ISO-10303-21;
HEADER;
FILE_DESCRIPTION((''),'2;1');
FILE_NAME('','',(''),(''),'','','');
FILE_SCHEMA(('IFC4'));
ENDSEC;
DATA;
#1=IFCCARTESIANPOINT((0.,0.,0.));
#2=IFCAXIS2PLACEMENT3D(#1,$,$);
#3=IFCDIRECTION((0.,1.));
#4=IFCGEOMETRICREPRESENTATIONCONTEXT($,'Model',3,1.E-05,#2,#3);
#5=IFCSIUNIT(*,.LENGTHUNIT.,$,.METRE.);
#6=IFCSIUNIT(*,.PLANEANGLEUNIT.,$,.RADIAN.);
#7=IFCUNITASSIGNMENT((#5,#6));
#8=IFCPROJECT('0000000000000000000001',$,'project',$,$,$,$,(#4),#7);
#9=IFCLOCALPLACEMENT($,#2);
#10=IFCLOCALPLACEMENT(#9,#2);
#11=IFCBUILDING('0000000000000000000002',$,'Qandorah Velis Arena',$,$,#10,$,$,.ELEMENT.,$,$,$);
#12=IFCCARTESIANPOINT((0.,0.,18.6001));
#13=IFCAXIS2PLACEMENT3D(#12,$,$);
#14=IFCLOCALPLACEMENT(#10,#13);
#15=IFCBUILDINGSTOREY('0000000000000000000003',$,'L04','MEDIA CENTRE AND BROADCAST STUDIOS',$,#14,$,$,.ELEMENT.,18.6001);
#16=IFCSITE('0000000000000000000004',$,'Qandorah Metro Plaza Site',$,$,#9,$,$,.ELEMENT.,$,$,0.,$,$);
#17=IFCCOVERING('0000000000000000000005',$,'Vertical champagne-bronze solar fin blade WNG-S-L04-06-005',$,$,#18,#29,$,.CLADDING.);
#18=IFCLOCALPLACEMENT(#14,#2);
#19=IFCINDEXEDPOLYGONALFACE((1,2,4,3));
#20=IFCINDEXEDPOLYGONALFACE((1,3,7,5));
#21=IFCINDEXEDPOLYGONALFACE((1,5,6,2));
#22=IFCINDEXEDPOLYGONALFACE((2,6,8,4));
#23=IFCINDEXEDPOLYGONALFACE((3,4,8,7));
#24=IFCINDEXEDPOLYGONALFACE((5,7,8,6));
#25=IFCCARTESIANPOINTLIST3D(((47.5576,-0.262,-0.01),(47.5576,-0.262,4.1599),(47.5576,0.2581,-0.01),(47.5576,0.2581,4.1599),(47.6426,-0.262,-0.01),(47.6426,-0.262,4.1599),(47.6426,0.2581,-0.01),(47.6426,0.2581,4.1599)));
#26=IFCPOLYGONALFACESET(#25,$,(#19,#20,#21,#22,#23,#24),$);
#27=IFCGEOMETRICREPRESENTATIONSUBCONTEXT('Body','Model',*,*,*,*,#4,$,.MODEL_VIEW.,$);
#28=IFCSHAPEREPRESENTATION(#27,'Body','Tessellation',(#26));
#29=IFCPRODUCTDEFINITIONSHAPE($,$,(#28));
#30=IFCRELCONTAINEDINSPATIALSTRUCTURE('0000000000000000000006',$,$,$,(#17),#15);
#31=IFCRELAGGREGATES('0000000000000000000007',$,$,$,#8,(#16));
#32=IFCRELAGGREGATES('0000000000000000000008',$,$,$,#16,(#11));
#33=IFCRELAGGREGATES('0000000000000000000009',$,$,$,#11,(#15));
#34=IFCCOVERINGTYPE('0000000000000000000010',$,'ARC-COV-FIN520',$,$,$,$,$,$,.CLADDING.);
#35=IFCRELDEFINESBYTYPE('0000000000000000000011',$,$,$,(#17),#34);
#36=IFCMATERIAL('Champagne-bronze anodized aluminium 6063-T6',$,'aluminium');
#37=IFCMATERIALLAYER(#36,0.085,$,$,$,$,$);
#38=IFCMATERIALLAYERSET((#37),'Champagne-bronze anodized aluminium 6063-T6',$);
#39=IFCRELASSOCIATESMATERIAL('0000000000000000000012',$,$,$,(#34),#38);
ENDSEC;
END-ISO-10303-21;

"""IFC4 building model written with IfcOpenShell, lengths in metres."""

from ifc_helpers import new_model, si_unit, direction, frame, origin, origin_2d, place, context, subcontext, project, spatial, rectangle, extrude, material, layer, layer_set, type_object, element, save


model = new_model("IFC4")

# Units and contexts
model_context = context("Model", 3, precision=1e-05, world=origin(), true_north=direction((0.0, 1.0)))
body_context = subcontext(model_context, "Body", "Model", "MODEL_VIEW")
ifc_project = project(units=[si_unit("LENGTHUNIT", "METRE"), si_unit("PLANEANGLEUNIT", "RADIAN")], contexts=[model_context])

# Site, building, storey
site_placement = place(None, origin())
site = spatial("IfcSite", under=ifc_project, at=site_placement, Name="Qandorah Metro Plaza Site", CompositionType="ELEMENT", RefElevation=0.0)
building_placement = place(site_placement, origin())
building = spatial("IfcBuilding", under=site, at=building_placement, Name="Qandorah Velis Arena", CompositionType="ELEMENT")
storey_placement = place(building_placement, frame((0.0, 0.0, 18.6001)))
storey = spatial("IfcBuildingStorey", under=building, at=storey_placement, Name="L04", Description="MEDIA CENTRE AND BROADCAST STUDIOS", CompositionType="ELEMENT", Elevation=18.6001)

# Shared definitions
ifc_material_1 = material(Name="Champagne-bronze anodized aluminium 6063-T6", Category="aluminium")

# Covering
ifc_layer_1 = layer(ifc_material_1, 0.085)
ifc_layer_set_1 = layer_set([ifc_layer_1], Name="Champagne-bronze anodized aluminium 6063-T6")
covering_type = type_object("IfcCoveringType", Name="ARC-COV-FIN520", PredefinedType="CLADDING", material=ifc_layer_set_1)
for number, where, z_axis, x_axis, name in (
    (1, (47.6001, -0.002, -0.01), (0.0, 0.0, 1.0), (1.0, 0.0, 0.0), "Vertical champagne-bronze solar fin blade WNG-S-L04-06-005"),
):
    element("IfcCovering", number, at=place(storey_placement, frame(where, z_axis=z_axis, x_axis=x_axis)), inside=storey, type_object=covering_type, Name=name, PredefinedType="CLADDING", context=body_context, shape_type="SweptSolid", body=[
        extrude(rectangle(XDim=0.085, YDim=0.52, at=origin_2d()), origin(), (0.0, 0.0, 1.0), 4.1699),
    ])

save(model, "model.ifc")
